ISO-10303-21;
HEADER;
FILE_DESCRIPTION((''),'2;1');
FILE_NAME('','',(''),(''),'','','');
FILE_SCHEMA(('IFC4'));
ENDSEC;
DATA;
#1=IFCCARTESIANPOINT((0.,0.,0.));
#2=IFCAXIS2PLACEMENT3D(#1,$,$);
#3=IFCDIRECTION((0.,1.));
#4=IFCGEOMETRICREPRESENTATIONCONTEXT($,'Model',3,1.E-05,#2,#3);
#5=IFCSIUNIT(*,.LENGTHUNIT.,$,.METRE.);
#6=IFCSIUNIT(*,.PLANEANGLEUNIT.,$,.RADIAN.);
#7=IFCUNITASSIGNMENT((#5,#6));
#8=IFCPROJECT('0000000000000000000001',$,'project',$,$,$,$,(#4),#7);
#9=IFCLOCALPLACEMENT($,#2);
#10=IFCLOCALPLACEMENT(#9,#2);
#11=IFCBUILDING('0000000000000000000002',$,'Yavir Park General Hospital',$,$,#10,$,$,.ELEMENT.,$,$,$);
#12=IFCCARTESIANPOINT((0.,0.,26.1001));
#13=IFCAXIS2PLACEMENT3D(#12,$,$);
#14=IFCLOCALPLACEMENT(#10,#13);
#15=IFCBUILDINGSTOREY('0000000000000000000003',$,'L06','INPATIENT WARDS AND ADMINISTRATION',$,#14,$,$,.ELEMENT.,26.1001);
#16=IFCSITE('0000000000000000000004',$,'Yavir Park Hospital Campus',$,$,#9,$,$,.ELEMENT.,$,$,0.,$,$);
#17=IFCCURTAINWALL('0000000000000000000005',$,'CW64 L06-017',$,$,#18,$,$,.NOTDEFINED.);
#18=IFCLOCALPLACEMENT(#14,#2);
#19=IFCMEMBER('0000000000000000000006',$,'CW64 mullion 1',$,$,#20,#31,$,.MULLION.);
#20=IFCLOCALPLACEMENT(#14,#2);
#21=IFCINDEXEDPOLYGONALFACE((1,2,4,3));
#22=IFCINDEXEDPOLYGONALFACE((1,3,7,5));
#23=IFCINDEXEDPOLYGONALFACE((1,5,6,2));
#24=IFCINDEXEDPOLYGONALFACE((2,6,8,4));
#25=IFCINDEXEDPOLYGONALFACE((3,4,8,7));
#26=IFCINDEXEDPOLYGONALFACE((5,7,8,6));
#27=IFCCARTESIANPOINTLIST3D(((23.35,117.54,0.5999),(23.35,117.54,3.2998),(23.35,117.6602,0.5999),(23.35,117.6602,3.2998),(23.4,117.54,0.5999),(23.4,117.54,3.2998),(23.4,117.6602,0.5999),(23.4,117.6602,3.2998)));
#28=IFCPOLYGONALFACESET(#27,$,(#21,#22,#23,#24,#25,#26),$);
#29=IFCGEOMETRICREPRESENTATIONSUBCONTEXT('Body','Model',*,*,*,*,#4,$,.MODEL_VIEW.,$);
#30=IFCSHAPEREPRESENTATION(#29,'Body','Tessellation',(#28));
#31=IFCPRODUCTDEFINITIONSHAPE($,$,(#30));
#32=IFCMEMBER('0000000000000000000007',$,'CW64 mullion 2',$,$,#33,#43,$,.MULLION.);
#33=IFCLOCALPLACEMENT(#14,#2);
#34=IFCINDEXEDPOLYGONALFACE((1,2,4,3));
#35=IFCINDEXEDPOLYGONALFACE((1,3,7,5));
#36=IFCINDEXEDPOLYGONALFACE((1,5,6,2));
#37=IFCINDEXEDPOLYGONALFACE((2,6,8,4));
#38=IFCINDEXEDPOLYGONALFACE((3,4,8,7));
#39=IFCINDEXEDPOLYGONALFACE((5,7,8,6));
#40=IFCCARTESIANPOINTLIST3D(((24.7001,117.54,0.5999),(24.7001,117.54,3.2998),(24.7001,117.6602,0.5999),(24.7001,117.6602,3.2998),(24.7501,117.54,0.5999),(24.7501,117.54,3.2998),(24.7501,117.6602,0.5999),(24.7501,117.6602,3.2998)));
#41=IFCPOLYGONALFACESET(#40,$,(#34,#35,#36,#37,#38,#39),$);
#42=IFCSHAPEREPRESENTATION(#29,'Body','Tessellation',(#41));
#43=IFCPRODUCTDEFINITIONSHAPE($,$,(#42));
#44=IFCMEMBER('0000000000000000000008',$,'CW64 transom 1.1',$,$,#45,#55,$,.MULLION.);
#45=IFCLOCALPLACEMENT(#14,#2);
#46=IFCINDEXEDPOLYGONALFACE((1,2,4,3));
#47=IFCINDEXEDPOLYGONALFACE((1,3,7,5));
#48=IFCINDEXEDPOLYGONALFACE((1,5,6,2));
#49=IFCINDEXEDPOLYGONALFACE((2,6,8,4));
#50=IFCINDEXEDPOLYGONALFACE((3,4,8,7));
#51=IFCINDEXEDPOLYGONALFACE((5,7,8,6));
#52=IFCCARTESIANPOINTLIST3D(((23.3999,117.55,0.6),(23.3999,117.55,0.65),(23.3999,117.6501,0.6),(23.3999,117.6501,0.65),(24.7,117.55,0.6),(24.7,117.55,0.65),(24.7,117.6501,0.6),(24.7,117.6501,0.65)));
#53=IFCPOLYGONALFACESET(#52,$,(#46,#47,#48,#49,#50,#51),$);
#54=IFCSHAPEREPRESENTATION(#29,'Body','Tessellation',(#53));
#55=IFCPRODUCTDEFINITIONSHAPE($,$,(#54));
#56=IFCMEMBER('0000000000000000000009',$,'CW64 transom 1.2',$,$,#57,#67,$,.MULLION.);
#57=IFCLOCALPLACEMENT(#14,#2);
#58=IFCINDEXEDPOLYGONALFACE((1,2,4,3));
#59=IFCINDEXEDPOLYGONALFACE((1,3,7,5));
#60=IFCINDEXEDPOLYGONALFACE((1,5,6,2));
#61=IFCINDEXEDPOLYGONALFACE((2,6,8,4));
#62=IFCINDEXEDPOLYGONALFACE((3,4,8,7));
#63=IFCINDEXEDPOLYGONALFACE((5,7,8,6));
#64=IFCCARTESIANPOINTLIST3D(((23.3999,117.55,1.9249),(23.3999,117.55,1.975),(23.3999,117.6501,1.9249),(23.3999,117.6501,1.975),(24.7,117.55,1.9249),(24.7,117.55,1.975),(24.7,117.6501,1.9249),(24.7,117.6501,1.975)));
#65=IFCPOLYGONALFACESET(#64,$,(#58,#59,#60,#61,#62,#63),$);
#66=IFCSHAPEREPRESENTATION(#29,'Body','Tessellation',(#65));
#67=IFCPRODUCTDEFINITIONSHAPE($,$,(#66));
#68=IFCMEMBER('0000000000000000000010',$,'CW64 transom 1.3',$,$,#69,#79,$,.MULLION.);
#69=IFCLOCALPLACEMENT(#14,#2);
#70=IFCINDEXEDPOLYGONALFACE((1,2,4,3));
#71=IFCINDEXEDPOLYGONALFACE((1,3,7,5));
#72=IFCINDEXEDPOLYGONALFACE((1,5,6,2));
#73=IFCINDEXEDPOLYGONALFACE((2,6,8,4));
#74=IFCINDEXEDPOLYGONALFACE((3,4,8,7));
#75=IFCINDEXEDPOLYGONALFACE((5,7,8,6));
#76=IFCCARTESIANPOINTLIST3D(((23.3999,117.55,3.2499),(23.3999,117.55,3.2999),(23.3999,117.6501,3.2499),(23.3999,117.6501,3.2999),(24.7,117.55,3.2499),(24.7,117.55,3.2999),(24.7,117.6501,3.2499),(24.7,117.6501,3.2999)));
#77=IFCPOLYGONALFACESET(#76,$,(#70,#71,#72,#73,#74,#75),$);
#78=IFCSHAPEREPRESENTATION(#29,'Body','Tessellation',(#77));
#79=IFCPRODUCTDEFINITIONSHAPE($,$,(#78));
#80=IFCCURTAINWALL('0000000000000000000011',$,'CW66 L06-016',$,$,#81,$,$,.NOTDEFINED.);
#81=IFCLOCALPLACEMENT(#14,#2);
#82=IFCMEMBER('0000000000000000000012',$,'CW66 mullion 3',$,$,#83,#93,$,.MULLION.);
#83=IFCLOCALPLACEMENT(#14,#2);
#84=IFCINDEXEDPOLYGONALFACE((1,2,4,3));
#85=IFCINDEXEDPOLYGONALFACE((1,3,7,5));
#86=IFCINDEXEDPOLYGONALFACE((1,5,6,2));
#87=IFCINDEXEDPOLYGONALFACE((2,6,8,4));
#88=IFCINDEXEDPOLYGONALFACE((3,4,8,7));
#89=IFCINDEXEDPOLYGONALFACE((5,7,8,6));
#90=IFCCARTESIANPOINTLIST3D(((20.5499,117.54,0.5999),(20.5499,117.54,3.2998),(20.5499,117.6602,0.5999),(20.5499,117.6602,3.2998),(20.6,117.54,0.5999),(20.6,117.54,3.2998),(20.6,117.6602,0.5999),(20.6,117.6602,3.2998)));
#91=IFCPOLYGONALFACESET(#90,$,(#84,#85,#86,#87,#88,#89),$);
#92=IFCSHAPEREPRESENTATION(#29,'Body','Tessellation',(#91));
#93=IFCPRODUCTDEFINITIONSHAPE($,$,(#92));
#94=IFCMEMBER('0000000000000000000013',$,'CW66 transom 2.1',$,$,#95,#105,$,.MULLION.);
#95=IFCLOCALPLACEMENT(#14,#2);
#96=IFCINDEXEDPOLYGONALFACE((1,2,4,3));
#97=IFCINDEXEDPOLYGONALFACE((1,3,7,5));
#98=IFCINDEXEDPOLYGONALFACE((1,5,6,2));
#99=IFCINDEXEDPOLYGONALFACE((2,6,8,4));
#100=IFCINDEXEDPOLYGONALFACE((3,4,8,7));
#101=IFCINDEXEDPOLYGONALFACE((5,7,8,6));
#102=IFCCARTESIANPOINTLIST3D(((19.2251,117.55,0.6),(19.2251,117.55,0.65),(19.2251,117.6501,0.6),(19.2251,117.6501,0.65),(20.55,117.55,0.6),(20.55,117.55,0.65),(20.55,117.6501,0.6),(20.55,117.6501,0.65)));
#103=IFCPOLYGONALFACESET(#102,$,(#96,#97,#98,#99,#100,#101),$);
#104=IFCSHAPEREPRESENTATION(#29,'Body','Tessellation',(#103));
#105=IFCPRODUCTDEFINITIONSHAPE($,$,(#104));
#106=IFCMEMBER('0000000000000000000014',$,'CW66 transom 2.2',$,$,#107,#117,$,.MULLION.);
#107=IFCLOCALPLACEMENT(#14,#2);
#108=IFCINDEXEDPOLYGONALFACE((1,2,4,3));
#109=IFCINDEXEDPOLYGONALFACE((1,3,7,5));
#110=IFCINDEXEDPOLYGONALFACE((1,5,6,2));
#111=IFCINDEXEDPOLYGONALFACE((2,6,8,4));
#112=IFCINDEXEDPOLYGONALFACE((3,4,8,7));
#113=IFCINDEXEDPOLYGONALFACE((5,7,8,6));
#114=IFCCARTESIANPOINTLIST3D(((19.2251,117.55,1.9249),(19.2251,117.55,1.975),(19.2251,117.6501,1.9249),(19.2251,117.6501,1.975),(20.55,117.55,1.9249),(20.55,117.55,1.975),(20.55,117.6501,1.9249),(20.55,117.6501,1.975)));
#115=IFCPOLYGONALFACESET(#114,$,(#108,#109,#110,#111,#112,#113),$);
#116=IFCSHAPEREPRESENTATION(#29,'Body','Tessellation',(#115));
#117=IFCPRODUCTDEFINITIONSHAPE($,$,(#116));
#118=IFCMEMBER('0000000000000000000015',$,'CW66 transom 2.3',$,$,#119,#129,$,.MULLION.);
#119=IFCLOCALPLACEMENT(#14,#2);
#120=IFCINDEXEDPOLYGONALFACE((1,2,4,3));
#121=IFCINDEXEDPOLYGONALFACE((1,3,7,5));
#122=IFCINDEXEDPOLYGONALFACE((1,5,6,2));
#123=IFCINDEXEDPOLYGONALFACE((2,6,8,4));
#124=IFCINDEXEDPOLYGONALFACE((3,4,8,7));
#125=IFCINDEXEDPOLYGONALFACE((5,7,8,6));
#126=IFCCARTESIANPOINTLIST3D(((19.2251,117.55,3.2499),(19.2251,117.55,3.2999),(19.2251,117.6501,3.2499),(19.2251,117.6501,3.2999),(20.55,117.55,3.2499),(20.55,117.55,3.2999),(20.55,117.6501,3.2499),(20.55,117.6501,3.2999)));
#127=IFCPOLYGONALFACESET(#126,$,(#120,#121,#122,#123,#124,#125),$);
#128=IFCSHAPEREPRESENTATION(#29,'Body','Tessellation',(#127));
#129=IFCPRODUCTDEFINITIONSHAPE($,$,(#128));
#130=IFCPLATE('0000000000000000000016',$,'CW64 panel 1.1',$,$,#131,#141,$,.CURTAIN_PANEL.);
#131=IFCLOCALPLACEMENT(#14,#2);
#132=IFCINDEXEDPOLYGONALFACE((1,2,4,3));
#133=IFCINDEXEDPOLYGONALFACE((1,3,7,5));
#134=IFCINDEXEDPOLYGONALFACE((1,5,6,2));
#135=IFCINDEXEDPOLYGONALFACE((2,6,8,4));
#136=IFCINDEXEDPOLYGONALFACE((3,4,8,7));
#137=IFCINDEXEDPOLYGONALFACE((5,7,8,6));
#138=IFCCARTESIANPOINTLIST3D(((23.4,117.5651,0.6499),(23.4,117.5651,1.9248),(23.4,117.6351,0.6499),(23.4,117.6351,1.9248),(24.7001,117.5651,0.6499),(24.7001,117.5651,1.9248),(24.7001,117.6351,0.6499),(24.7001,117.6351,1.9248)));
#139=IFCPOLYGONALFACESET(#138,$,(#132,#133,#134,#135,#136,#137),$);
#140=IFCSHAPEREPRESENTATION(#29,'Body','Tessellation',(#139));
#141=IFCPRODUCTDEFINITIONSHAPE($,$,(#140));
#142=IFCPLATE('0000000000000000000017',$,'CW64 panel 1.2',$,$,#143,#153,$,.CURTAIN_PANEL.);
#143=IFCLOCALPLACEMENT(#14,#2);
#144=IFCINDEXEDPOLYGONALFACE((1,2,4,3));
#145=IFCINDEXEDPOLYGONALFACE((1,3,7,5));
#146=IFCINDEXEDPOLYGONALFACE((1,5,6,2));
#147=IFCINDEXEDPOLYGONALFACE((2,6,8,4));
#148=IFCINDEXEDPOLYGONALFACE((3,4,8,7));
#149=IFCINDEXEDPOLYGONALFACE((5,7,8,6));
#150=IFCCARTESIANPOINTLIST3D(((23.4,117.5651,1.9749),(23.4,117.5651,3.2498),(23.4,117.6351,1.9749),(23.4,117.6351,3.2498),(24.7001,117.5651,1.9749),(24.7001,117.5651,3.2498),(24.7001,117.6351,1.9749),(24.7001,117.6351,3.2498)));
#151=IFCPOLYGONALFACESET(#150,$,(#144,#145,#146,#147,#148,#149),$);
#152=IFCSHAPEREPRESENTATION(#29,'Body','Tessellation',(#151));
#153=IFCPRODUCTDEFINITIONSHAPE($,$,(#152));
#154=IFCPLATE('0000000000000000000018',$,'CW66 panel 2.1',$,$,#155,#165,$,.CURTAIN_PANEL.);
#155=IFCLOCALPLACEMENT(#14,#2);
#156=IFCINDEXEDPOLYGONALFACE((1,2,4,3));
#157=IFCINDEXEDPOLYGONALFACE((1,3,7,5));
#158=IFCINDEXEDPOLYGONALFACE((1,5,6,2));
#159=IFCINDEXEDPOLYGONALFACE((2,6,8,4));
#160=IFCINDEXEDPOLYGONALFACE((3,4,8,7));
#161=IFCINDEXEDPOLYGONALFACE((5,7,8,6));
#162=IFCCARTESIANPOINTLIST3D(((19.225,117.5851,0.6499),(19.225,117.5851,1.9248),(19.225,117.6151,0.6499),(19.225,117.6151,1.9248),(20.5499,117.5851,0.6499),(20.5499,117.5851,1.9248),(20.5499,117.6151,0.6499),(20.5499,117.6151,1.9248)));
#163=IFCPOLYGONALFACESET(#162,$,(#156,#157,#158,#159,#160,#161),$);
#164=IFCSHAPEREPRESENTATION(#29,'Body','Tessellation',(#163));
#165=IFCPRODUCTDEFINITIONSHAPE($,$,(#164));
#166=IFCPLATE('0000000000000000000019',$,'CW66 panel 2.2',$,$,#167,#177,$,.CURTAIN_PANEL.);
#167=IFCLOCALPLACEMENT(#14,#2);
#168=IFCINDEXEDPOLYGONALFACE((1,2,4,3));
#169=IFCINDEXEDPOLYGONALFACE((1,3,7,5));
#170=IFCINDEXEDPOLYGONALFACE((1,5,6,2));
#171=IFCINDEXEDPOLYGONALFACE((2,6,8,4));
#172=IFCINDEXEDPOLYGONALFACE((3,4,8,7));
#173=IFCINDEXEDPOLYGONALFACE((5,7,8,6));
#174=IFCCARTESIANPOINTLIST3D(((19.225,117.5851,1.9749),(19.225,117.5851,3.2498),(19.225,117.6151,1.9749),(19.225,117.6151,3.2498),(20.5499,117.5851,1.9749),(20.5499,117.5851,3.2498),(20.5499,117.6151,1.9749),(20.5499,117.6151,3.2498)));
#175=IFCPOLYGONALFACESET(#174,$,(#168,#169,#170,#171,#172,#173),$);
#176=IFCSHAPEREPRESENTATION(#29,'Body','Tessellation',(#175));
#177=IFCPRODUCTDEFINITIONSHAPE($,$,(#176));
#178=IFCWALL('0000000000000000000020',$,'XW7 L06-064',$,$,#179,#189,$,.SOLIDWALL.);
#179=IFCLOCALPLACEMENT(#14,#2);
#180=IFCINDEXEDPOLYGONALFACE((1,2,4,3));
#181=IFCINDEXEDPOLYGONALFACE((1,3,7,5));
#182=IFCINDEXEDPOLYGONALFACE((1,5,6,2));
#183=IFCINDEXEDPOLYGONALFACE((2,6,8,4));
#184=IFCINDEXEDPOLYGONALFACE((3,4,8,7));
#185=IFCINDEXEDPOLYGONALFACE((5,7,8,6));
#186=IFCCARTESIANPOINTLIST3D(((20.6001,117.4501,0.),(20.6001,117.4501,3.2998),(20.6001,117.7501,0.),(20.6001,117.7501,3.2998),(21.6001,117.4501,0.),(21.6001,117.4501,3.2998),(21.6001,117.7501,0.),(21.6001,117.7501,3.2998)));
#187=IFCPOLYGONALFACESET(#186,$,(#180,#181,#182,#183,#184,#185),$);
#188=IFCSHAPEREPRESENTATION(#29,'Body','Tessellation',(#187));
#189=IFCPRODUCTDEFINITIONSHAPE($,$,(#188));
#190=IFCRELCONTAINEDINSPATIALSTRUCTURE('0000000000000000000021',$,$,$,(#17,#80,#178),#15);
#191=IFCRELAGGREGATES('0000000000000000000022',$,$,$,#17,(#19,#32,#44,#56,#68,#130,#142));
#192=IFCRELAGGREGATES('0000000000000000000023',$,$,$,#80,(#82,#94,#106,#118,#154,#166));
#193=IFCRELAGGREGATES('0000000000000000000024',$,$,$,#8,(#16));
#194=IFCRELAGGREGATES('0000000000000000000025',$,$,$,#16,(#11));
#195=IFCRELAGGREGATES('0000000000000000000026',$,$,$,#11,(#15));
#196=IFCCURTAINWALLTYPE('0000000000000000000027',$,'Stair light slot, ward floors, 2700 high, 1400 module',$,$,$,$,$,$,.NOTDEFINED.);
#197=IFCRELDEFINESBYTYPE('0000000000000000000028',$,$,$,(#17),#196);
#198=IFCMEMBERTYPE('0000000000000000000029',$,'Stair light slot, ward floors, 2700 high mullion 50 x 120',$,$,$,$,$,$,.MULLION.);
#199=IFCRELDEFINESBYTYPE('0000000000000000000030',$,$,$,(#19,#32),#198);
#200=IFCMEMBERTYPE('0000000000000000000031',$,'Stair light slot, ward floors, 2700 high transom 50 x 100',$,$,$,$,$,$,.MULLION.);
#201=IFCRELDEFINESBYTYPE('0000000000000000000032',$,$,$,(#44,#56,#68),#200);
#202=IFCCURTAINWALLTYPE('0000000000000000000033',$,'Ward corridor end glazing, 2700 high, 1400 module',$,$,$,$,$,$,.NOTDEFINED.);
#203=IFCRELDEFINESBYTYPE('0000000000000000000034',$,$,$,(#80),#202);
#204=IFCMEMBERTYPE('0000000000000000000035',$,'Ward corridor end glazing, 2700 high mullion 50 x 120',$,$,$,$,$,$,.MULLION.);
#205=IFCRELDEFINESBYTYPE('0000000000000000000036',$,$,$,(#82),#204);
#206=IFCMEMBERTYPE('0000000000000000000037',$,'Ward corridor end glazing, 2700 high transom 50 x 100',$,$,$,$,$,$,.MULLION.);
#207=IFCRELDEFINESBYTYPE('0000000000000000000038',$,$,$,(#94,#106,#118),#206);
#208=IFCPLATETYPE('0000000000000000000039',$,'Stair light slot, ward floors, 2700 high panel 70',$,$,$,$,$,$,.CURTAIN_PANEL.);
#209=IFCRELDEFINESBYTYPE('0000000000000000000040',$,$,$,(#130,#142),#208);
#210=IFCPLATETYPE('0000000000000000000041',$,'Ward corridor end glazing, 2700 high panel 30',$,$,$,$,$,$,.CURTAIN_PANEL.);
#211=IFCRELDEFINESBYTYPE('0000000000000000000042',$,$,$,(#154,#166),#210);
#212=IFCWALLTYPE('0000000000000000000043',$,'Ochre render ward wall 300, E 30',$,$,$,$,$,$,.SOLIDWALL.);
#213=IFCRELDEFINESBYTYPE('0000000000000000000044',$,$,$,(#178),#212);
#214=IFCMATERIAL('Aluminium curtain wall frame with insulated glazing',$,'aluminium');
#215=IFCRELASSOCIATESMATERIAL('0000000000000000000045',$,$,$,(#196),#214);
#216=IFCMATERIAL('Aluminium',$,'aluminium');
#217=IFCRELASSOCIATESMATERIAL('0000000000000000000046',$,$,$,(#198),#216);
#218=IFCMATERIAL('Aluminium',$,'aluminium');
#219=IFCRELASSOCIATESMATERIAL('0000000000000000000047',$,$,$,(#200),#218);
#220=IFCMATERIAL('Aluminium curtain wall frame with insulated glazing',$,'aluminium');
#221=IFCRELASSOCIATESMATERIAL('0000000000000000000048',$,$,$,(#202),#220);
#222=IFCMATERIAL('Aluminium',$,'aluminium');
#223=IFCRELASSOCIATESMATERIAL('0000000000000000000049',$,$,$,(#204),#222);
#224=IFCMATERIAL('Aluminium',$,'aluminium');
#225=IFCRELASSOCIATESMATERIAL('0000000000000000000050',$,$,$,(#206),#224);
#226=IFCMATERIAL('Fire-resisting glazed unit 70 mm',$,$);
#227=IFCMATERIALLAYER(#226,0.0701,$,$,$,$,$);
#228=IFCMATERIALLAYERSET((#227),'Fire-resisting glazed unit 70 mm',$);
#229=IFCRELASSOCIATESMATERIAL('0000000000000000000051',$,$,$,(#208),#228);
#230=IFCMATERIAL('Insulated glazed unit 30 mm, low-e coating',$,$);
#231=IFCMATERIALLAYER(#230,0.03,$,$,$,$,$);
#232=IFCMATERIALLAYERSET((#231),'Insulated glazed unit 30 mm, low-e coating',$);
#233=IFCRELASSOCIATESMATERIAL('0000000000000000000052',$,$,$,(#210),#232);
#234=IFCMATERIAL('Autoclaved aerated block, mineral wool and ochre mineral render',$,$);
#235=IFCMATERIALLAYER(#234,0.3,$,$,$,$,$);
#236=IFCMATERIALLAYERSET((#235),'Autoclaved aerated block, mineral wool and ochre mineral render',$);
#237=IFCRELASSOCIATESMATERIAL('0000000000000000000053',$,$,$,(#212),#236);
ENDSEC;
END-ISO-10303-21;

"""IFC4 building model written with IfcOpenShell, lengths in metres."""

from ifc_helpers import new_model, si_unit, direction, frame, frame_2d, origin, origin_2d, place, context, subcontext, project, spatial, rectangle, extrude, material, layer, layer_set, material_profile, profile_set, type_object, element, aggregate, save


model = new_model("IFC4")

# Units and contexts
model_context = context("Model", 3, precision=1e-05, world=origin(), true_north=direction((0.0, 1.0)))
body_context = subcontext(model_context, "Body", "Model", "MODEL_VIEW")
ifc_project = project(units=[si_unit("LENGTHUNIT", "METRE"), si_unit("PLANEANGLEUNIT", "RADIAN")], contexts=[model_context])

# Site, building, storey
site_placement = place(None, origin())
site = spatial("IfcSite", under=ifc_project, at=site_placement, Name="Yavir Park Hospital Campus", CompositionType="ELEMENT", RefElevation=0.0)
building_placement = place(site_placement, origin())
building = spatial("IfcBuilding", under=site, at=building_placement, Name="Yavir Park General Hospital", CompositionType="ELEMENT")
storey_placement = place(building_placement, frame((0.0, 0.0, 26.1001)))
storey = spatial("IfcBuildingStorey", under=building, at=storey_placement, Name="L06", Description="INPATIENT WARDS AND ADMINISTRATION", CompositionType="ELEMENT", Elevation=26.1001)

# Curtain walls, members
ifc_material_1 = material(Name="Aluminium curtain wall frame with insulated glazing", Category="aluminium")
curtain_wall_type_1 = type_object("IfcCurtainWallType", Name="Stair light slot, ward floors, 2700 high, 1400 module", PredefinedType="NOTDEFINED", material=ifc_material_1)
curtain_wall_1_placement = place(storey_placement, origin())
curtain_wall_1 = element("IfcCurtainWall", 1, at=curtain_wall_1_placement, inside=storey, type_object=curtain_wall_type_1, Name="CW64 L06-017", PredefinedType="NOTDEFINED")
ifc_material_2 = material(Name="Aluminium", Category="aluminium")
ifc_material_profile_1 = material_profile(ifc_material_2, rectangle(XDim=0.1201, YDim=0.05, at=origin_2d()), Name="AL 50x120")
ifc_profile_set_1 = profile_set([ifc_material_profile_1], Name="Aluminium")
member_type_1 = type_object("IfcMemberType", Name="Stair light slot, ward floors, 2700 high mullion 50 x 120", PredefinedType="MULLION", material=ifc_profile_set_1)
member_1_placement = place(storey_placement, frame((23.375, 117.6001, 0.5999), z_axis=(0.0, 0.0, 1.0), x_axis=(0.0, 1.0, 0.0)))
member_1 = element("IfcMember", 2, at=member_1_placement, type_object=member_type_1, Name="CW64 mullion 1", PredefinedType="MULLION", context=body_context, shape_type="SweptSolid", body=[
    extrude(rectangle(XDim=0.1201, YDim=0.05, at=origin_2d()), origin(), (0.0, 0.0, 1.0), 2.7),
])
member_2_placement = place(storey_placement, frame((24.7251, 117.6001, 0.5999), z_axis=(0.0, 0.0, 1.0), x_axis=(0.0, 1.0, 0.0)))
member_2 = element("IfcMember", 3, at=member_2_placement, type_object=member_type_1, Name="CW64 mullion 2", PredefinedType="MULLION", context=body_context, shape_type="SweptSolid", body=[
    extrude(rectangle(XDim=0.1201, YDim=0.05, at=origin_2d()), origin(), (0.0, 0.0, 1.0), 2.7),
])
ifc_material_3 = material(Name="Aluminium", Category="aluminium")
ifc_material_profile_2 = material_profile(ifc_material_3, rectangle(XDim=0.1001, YDim=0.05, at=origin_2d()), Name="AL 100x50")
ifc_profile_set_2 = profile_set([ifc_material_profile_2], Name="Aluminium")
member_type_2 = type_object("IfcMemberType", Name="Stair light slot, ward floors, 2700 high transom 50 x 100", PredefinedType="MULLION", material=ifc_profile_set_2)
member_3_placement = place(storey_placement, frame((23.3999, 117.6001, 0.625), z_axis=(1.0, 0.0, 0.0), x_axis=(0.0, 1.0, 0.0)))
member_3 = element("IfcMember", 4, at=member_3_placement, type_object=member_type_2, Name="CW64 transom 1.1", PredefinedType="MULLION", context=body_context, shape_type="SweptSolid", body=[
    extrude(rectangle(XDim=0.1001, YDim=0.05, at=origin_2d()), origin(), (0.0, 0.0, 1.0), 1.3),
])
member_4_placement = place(storey_placement, frame((23.3999, 117.6001, 1.95), z_axis=(1.0, 0.0, 0.0), x_axis=(0.0, 1.0, 0.0)))
member_4 = element("IfcMember", 5, at=member_4_placement, type_object=member_type_2, Name="CW64 transom 1.2", PredefinedType="MULLION", context=body_context, shape_type="SweptSolid", body=[
    extrude(rectangle(XDim=0.1001, YDim=0.05, at=origin_2d()), origin(), (0.0, 0.0, 1.0), 1.3),
])
member_5_placement = place(storey_placement, frame((23.3999, 117.6001, 3.2749), z_axis=(1.0, 0.0, 0.0), x_axis=(0.0, 1.0, 0.0)))
member_5 = element("IfcMember", 6, at=member_5_placement, type_object=member_type_2, Name="CW64 transom 1.3", PredefinedType="MULLION", context=body_context, shape_type="SweptSolid", body=[
    extrude(rectangle(XDim=0.1001, YDim=0.05, at=origin_2d()), origin(), (0.0, 0.0, 1.0), 1.3),
])
ifc_material_4 = material(Name="Aluminium curtain wall frame with insulated glazing", Category="aluminium")
curtain_wall_type_2 = type_object("IfcCurtainWallType", Name="Ward corridor end glazing, 2700 high, 1400 module", PredefinedType="NOTDEFINED", material=ifc_material_4)
curtain_wall_2_placement = place(storey_placement, origin())
curtain_wall_2 = element("IfcCurtainWall", 7, at=curtain_wall_2_placement, inside=storey, type_object=curtain_wall_type_2, Name="CW66 L06-016", PredefinedType="NOTDEFINED")
ifc_material_5 = material(Name="Aluminium", Category="aluminium")
ifc_material_profile_3 = material_profile(ifc_material_5, rectangle(XDim=0.1201, YDim=0.05, at=origin_2d()), Name="AL 50x120")
ifc_profile_set_3 = profile_set([ifc_material_profile_3], Name="Aluminium")
member_type_3 = type_object("IfcMemberType", Name="Ward corridor end glazing, 2700 high mullion 50 x 120", PredefinedType="MULLION", material=ifc_profile_set_3)
member_6_placement = place(storey_placement, frame((20.575, 117.6001, 0.5999), z_axis=(0.0, 0.0, 1.0), x_axis=(0.0, 1.0, 0.0)))
member_6 = element("IfcMember", 8, at=member_6_placement, type_object=member_type_3, Name="CW66 mullion 3", PredefinedType="MULLION", context=body_context, shape_type="SweptSolid", body=[
    extrude(rectangle(XDim=0.1201, YDim=0.05, at=origin_2d()), origin(), (0.0, 0.0, 1.0), 2.7),
])
ifc_material_6 = material(Name="Aluminium", Category="aluminium")
ifc_material_profile_4 = material_profile(ifc_material_6, rectangle(XDim=0.1001, YDim=0.05, at=origin_2d()), Name="AL 100x50")
ifc_profile_set_4 = profile_set([ifc_material_profile_4], Name="Aluminium")
member_type_4 = type_object("IfcMemberType", Name="Ward corridor end glazing, 2700 high transom 50 x 100", PredefinedType="MULLION", material=ifc_profile_set_4)
member_7_placement = place(storey_placement, frame((19.2251, 117.6001, 0.625), z_axis=(1.0, 0.0, 0.0), x_axis=(0.0, 1.0, 0.0)))
member_7 = element("IfcMember", 9, at=member_7_placement, type_object=member_type_4, Name="CW66 transom 2.1", PredefinedType="MULLION", context=body_context, shape_type="SweptSolid", body=[
    extrude(rectangle(XDim=0.1001, YDim=0.05, at=origin_2d()), origin(), (0.0, 0.0, 1.0), 1.325),
])
member_8_placement = place(storey_placement, frame((19.2251, 117.6001, 1.95), z_axis=(1.0, 0.0, 0.0), x_axis=(0.0, 1.0, 0.0)))
member_8 = element("IfcMember", 10, at=member_8_placement, type_object=member_type_4, Name="CW66 transom 2.2", PredefinedType="MULLION", context=body_context, shape_type="SweptSolid", body=[
    extrude(rectangle(XDim=0.1001, YDim=0.05, at=origin_2d()), origin(), (0.0, 0.0, 1.0), 1.325),
])
member_9_placement = place(storey_placement, frame((19.2251, 117.6001, 3.2749), z_axis=(1.0, 0.0, 0.0), x_axis=(0.0, 1.0, 0.0)))
member_9 = element("IfcMember", 11, at=member_9_placement, type_object=member_type_4, Name="CW66 transom 2.3", PredefinedType="MULLION", context=body_context, shape_type="SweptSolid", body=[
    extrude(rectangle(XDim=0.1001, YDim=0.05, at=origin_2d()), origin(), (0.0, 0.0, 1.0), 1.325),
])

# Plates
ifc_material_7 = material(Name="Fire-resisting glazed unit 70 mm")
ifc_layer_1 = layer(ifc_material_7, 0.0701)
ifc_layer_set_1 = layer_set([ifc_layer_1], Name="Fire-resisting glazed unit 70 mm")
plate_type_1 = type_object("IfcPlateType", Name="Stair light slot, ward floors, 2700 high panel 70", PredefinedType="CURTAIN_PANEL", material=ifc_layer_set_1)
plate_1_placement = place(storey_placement, frame((24.05, 117.6001, 0.6499), z_axis=(0.0, 0.0, 1.0), x_axis=(1.0, 0.0, 0.0)))
plate_1 = element("IfcPlate", 12, at=plate_1_placement, type_object=plate_type_1, Name="CW64 panel 1.1", PredefinedType="CURTAIN_PANEL", context=body_context, shape_type="SweptSolid", body=[
    extrude(rectangle(XDim=1.3, YDim=0.0701, at=origin_2d()), origin(), (0.0, 0.0, 1.0), 1.2749),
])
plate_2_placement = place(storey_placement, frame((24.05, 117.6001, 1.9749), z_axis=(0.0, 0.0, 1.0), x_axis=(1.0, 0.0, 0.0)))
plate_2 = element("IfcPlate", 13, at=plate_2_placement, type_object=plate_type_1, Name="CW64 panel 1.2", PredefinedType="CURTAIN_PANEL", context=body_context, shape_type="SweptSolid", body=[
    extrude(rectangle(XDim=1.3, YDim=0.0701, at=origin_2d()), origin(), (0.0, 0.0, 1.0), 1.2749),
])
aggregate(curtain_wall_1, [member_1, member_2, member_3, member_4, member_5, plate_1, plate_2])
ifc_material_8 = material(Name="Insulated glazed unit 30 mm, low-e coating")
ifc_layer_2 = layer(ifc_material_8, 0.03)
ifc_layer_set_2 = layer_set([ifc_layer_2], Name="Insulated glazed unit 30 mm, low-e coating")
plate_type_2 = type_object("IfcPlateType", Name="Ward corridor end glazing, 2700 high panel 30", PredefinedType="CURTAIN_PANEL", material=ifc_layer_set_2)
plate_3_placement = place(storey_placement, frame((19.8875, 117.6001, 0.6499), z_axis=(0.0, 0.0, 1.0), x_axis=(1.0, 0.0, 0.0)))
plate_3 = element("IfcPlate", 14, at=plate_3_placement, type_object=plate_type_2, Name="CW66 panel 2.1", PredefinedType="CURTAIN_PANEL", context=body_context, shape_type="SweptSolid", body=[
    extrude(rectangle(XDim=1.325, YDim=0.03, at=origin_2d()), origin(), (0.0, 0.0, 1.0), 1.2749),
])
plate_4_placement = place(storey_placement, frame((19.8875, 117.6001, 1.9749), z_axis=(0.0, 0.0, 1.0), x_axis=(1.0, 0.0, 0.0)))
plate_4 = element("IfcPlate", 15, at=plate_4_placement, type_object=plate_type_2, Name="CW66 panel 2.2", PredefinedType="CURTAIN_PANEL", context=body_context, shape_type="SweptSolid", body=[
    extrude(rectangle(XDim=1.325, YDim=0.03, at=origin_2d()), origin(), (0.0, 0.0, 1.0), 1.2749),
])
aggregate(curtain_wall_2, [member_6, member_7, member_8, member_9, plate_3, plate_4])

# Wall
ifc_material_9 = material(Name="Autoclaved aerated block, mineral wool and ochre mineral render")
ifc_layer_3 = layer(ifc_material_9, 0.3)
ifc_layer_set_3 = layer_set([ifc_layer_3], Name="Autoclaved aerated block, mineral wool and ochre mineral render")
wall_type_1 = type_object("IfcWallType", Name="Ochre render ward wall 300, E 30", PredefinedType="SOLIDWALL", material=ifc_layer_set_3)
wall_1_placement = place(storey_placement, frame((20.6001, 117.6001, 0.0), z_axis=(0.0, 0.0, 1.0), x_axis=(1.0, 0.0, 0.0)))
element("IfcWall", 16, at=wall_1_placement, inside=storey, type_object=wall_type_1, Name="XW7 L06-064", PredefinedType="SOLIDWALL", context=body_context, shape_type="SweptSolid", body=[
    extrude(rectangle(XDim=1.0, YDim=0.3, at=frame_2d((0.5, 0.0))), origin(), (0.0, 0.0, 1.0), 3.2998),
])

save(model, "model.ifc")
